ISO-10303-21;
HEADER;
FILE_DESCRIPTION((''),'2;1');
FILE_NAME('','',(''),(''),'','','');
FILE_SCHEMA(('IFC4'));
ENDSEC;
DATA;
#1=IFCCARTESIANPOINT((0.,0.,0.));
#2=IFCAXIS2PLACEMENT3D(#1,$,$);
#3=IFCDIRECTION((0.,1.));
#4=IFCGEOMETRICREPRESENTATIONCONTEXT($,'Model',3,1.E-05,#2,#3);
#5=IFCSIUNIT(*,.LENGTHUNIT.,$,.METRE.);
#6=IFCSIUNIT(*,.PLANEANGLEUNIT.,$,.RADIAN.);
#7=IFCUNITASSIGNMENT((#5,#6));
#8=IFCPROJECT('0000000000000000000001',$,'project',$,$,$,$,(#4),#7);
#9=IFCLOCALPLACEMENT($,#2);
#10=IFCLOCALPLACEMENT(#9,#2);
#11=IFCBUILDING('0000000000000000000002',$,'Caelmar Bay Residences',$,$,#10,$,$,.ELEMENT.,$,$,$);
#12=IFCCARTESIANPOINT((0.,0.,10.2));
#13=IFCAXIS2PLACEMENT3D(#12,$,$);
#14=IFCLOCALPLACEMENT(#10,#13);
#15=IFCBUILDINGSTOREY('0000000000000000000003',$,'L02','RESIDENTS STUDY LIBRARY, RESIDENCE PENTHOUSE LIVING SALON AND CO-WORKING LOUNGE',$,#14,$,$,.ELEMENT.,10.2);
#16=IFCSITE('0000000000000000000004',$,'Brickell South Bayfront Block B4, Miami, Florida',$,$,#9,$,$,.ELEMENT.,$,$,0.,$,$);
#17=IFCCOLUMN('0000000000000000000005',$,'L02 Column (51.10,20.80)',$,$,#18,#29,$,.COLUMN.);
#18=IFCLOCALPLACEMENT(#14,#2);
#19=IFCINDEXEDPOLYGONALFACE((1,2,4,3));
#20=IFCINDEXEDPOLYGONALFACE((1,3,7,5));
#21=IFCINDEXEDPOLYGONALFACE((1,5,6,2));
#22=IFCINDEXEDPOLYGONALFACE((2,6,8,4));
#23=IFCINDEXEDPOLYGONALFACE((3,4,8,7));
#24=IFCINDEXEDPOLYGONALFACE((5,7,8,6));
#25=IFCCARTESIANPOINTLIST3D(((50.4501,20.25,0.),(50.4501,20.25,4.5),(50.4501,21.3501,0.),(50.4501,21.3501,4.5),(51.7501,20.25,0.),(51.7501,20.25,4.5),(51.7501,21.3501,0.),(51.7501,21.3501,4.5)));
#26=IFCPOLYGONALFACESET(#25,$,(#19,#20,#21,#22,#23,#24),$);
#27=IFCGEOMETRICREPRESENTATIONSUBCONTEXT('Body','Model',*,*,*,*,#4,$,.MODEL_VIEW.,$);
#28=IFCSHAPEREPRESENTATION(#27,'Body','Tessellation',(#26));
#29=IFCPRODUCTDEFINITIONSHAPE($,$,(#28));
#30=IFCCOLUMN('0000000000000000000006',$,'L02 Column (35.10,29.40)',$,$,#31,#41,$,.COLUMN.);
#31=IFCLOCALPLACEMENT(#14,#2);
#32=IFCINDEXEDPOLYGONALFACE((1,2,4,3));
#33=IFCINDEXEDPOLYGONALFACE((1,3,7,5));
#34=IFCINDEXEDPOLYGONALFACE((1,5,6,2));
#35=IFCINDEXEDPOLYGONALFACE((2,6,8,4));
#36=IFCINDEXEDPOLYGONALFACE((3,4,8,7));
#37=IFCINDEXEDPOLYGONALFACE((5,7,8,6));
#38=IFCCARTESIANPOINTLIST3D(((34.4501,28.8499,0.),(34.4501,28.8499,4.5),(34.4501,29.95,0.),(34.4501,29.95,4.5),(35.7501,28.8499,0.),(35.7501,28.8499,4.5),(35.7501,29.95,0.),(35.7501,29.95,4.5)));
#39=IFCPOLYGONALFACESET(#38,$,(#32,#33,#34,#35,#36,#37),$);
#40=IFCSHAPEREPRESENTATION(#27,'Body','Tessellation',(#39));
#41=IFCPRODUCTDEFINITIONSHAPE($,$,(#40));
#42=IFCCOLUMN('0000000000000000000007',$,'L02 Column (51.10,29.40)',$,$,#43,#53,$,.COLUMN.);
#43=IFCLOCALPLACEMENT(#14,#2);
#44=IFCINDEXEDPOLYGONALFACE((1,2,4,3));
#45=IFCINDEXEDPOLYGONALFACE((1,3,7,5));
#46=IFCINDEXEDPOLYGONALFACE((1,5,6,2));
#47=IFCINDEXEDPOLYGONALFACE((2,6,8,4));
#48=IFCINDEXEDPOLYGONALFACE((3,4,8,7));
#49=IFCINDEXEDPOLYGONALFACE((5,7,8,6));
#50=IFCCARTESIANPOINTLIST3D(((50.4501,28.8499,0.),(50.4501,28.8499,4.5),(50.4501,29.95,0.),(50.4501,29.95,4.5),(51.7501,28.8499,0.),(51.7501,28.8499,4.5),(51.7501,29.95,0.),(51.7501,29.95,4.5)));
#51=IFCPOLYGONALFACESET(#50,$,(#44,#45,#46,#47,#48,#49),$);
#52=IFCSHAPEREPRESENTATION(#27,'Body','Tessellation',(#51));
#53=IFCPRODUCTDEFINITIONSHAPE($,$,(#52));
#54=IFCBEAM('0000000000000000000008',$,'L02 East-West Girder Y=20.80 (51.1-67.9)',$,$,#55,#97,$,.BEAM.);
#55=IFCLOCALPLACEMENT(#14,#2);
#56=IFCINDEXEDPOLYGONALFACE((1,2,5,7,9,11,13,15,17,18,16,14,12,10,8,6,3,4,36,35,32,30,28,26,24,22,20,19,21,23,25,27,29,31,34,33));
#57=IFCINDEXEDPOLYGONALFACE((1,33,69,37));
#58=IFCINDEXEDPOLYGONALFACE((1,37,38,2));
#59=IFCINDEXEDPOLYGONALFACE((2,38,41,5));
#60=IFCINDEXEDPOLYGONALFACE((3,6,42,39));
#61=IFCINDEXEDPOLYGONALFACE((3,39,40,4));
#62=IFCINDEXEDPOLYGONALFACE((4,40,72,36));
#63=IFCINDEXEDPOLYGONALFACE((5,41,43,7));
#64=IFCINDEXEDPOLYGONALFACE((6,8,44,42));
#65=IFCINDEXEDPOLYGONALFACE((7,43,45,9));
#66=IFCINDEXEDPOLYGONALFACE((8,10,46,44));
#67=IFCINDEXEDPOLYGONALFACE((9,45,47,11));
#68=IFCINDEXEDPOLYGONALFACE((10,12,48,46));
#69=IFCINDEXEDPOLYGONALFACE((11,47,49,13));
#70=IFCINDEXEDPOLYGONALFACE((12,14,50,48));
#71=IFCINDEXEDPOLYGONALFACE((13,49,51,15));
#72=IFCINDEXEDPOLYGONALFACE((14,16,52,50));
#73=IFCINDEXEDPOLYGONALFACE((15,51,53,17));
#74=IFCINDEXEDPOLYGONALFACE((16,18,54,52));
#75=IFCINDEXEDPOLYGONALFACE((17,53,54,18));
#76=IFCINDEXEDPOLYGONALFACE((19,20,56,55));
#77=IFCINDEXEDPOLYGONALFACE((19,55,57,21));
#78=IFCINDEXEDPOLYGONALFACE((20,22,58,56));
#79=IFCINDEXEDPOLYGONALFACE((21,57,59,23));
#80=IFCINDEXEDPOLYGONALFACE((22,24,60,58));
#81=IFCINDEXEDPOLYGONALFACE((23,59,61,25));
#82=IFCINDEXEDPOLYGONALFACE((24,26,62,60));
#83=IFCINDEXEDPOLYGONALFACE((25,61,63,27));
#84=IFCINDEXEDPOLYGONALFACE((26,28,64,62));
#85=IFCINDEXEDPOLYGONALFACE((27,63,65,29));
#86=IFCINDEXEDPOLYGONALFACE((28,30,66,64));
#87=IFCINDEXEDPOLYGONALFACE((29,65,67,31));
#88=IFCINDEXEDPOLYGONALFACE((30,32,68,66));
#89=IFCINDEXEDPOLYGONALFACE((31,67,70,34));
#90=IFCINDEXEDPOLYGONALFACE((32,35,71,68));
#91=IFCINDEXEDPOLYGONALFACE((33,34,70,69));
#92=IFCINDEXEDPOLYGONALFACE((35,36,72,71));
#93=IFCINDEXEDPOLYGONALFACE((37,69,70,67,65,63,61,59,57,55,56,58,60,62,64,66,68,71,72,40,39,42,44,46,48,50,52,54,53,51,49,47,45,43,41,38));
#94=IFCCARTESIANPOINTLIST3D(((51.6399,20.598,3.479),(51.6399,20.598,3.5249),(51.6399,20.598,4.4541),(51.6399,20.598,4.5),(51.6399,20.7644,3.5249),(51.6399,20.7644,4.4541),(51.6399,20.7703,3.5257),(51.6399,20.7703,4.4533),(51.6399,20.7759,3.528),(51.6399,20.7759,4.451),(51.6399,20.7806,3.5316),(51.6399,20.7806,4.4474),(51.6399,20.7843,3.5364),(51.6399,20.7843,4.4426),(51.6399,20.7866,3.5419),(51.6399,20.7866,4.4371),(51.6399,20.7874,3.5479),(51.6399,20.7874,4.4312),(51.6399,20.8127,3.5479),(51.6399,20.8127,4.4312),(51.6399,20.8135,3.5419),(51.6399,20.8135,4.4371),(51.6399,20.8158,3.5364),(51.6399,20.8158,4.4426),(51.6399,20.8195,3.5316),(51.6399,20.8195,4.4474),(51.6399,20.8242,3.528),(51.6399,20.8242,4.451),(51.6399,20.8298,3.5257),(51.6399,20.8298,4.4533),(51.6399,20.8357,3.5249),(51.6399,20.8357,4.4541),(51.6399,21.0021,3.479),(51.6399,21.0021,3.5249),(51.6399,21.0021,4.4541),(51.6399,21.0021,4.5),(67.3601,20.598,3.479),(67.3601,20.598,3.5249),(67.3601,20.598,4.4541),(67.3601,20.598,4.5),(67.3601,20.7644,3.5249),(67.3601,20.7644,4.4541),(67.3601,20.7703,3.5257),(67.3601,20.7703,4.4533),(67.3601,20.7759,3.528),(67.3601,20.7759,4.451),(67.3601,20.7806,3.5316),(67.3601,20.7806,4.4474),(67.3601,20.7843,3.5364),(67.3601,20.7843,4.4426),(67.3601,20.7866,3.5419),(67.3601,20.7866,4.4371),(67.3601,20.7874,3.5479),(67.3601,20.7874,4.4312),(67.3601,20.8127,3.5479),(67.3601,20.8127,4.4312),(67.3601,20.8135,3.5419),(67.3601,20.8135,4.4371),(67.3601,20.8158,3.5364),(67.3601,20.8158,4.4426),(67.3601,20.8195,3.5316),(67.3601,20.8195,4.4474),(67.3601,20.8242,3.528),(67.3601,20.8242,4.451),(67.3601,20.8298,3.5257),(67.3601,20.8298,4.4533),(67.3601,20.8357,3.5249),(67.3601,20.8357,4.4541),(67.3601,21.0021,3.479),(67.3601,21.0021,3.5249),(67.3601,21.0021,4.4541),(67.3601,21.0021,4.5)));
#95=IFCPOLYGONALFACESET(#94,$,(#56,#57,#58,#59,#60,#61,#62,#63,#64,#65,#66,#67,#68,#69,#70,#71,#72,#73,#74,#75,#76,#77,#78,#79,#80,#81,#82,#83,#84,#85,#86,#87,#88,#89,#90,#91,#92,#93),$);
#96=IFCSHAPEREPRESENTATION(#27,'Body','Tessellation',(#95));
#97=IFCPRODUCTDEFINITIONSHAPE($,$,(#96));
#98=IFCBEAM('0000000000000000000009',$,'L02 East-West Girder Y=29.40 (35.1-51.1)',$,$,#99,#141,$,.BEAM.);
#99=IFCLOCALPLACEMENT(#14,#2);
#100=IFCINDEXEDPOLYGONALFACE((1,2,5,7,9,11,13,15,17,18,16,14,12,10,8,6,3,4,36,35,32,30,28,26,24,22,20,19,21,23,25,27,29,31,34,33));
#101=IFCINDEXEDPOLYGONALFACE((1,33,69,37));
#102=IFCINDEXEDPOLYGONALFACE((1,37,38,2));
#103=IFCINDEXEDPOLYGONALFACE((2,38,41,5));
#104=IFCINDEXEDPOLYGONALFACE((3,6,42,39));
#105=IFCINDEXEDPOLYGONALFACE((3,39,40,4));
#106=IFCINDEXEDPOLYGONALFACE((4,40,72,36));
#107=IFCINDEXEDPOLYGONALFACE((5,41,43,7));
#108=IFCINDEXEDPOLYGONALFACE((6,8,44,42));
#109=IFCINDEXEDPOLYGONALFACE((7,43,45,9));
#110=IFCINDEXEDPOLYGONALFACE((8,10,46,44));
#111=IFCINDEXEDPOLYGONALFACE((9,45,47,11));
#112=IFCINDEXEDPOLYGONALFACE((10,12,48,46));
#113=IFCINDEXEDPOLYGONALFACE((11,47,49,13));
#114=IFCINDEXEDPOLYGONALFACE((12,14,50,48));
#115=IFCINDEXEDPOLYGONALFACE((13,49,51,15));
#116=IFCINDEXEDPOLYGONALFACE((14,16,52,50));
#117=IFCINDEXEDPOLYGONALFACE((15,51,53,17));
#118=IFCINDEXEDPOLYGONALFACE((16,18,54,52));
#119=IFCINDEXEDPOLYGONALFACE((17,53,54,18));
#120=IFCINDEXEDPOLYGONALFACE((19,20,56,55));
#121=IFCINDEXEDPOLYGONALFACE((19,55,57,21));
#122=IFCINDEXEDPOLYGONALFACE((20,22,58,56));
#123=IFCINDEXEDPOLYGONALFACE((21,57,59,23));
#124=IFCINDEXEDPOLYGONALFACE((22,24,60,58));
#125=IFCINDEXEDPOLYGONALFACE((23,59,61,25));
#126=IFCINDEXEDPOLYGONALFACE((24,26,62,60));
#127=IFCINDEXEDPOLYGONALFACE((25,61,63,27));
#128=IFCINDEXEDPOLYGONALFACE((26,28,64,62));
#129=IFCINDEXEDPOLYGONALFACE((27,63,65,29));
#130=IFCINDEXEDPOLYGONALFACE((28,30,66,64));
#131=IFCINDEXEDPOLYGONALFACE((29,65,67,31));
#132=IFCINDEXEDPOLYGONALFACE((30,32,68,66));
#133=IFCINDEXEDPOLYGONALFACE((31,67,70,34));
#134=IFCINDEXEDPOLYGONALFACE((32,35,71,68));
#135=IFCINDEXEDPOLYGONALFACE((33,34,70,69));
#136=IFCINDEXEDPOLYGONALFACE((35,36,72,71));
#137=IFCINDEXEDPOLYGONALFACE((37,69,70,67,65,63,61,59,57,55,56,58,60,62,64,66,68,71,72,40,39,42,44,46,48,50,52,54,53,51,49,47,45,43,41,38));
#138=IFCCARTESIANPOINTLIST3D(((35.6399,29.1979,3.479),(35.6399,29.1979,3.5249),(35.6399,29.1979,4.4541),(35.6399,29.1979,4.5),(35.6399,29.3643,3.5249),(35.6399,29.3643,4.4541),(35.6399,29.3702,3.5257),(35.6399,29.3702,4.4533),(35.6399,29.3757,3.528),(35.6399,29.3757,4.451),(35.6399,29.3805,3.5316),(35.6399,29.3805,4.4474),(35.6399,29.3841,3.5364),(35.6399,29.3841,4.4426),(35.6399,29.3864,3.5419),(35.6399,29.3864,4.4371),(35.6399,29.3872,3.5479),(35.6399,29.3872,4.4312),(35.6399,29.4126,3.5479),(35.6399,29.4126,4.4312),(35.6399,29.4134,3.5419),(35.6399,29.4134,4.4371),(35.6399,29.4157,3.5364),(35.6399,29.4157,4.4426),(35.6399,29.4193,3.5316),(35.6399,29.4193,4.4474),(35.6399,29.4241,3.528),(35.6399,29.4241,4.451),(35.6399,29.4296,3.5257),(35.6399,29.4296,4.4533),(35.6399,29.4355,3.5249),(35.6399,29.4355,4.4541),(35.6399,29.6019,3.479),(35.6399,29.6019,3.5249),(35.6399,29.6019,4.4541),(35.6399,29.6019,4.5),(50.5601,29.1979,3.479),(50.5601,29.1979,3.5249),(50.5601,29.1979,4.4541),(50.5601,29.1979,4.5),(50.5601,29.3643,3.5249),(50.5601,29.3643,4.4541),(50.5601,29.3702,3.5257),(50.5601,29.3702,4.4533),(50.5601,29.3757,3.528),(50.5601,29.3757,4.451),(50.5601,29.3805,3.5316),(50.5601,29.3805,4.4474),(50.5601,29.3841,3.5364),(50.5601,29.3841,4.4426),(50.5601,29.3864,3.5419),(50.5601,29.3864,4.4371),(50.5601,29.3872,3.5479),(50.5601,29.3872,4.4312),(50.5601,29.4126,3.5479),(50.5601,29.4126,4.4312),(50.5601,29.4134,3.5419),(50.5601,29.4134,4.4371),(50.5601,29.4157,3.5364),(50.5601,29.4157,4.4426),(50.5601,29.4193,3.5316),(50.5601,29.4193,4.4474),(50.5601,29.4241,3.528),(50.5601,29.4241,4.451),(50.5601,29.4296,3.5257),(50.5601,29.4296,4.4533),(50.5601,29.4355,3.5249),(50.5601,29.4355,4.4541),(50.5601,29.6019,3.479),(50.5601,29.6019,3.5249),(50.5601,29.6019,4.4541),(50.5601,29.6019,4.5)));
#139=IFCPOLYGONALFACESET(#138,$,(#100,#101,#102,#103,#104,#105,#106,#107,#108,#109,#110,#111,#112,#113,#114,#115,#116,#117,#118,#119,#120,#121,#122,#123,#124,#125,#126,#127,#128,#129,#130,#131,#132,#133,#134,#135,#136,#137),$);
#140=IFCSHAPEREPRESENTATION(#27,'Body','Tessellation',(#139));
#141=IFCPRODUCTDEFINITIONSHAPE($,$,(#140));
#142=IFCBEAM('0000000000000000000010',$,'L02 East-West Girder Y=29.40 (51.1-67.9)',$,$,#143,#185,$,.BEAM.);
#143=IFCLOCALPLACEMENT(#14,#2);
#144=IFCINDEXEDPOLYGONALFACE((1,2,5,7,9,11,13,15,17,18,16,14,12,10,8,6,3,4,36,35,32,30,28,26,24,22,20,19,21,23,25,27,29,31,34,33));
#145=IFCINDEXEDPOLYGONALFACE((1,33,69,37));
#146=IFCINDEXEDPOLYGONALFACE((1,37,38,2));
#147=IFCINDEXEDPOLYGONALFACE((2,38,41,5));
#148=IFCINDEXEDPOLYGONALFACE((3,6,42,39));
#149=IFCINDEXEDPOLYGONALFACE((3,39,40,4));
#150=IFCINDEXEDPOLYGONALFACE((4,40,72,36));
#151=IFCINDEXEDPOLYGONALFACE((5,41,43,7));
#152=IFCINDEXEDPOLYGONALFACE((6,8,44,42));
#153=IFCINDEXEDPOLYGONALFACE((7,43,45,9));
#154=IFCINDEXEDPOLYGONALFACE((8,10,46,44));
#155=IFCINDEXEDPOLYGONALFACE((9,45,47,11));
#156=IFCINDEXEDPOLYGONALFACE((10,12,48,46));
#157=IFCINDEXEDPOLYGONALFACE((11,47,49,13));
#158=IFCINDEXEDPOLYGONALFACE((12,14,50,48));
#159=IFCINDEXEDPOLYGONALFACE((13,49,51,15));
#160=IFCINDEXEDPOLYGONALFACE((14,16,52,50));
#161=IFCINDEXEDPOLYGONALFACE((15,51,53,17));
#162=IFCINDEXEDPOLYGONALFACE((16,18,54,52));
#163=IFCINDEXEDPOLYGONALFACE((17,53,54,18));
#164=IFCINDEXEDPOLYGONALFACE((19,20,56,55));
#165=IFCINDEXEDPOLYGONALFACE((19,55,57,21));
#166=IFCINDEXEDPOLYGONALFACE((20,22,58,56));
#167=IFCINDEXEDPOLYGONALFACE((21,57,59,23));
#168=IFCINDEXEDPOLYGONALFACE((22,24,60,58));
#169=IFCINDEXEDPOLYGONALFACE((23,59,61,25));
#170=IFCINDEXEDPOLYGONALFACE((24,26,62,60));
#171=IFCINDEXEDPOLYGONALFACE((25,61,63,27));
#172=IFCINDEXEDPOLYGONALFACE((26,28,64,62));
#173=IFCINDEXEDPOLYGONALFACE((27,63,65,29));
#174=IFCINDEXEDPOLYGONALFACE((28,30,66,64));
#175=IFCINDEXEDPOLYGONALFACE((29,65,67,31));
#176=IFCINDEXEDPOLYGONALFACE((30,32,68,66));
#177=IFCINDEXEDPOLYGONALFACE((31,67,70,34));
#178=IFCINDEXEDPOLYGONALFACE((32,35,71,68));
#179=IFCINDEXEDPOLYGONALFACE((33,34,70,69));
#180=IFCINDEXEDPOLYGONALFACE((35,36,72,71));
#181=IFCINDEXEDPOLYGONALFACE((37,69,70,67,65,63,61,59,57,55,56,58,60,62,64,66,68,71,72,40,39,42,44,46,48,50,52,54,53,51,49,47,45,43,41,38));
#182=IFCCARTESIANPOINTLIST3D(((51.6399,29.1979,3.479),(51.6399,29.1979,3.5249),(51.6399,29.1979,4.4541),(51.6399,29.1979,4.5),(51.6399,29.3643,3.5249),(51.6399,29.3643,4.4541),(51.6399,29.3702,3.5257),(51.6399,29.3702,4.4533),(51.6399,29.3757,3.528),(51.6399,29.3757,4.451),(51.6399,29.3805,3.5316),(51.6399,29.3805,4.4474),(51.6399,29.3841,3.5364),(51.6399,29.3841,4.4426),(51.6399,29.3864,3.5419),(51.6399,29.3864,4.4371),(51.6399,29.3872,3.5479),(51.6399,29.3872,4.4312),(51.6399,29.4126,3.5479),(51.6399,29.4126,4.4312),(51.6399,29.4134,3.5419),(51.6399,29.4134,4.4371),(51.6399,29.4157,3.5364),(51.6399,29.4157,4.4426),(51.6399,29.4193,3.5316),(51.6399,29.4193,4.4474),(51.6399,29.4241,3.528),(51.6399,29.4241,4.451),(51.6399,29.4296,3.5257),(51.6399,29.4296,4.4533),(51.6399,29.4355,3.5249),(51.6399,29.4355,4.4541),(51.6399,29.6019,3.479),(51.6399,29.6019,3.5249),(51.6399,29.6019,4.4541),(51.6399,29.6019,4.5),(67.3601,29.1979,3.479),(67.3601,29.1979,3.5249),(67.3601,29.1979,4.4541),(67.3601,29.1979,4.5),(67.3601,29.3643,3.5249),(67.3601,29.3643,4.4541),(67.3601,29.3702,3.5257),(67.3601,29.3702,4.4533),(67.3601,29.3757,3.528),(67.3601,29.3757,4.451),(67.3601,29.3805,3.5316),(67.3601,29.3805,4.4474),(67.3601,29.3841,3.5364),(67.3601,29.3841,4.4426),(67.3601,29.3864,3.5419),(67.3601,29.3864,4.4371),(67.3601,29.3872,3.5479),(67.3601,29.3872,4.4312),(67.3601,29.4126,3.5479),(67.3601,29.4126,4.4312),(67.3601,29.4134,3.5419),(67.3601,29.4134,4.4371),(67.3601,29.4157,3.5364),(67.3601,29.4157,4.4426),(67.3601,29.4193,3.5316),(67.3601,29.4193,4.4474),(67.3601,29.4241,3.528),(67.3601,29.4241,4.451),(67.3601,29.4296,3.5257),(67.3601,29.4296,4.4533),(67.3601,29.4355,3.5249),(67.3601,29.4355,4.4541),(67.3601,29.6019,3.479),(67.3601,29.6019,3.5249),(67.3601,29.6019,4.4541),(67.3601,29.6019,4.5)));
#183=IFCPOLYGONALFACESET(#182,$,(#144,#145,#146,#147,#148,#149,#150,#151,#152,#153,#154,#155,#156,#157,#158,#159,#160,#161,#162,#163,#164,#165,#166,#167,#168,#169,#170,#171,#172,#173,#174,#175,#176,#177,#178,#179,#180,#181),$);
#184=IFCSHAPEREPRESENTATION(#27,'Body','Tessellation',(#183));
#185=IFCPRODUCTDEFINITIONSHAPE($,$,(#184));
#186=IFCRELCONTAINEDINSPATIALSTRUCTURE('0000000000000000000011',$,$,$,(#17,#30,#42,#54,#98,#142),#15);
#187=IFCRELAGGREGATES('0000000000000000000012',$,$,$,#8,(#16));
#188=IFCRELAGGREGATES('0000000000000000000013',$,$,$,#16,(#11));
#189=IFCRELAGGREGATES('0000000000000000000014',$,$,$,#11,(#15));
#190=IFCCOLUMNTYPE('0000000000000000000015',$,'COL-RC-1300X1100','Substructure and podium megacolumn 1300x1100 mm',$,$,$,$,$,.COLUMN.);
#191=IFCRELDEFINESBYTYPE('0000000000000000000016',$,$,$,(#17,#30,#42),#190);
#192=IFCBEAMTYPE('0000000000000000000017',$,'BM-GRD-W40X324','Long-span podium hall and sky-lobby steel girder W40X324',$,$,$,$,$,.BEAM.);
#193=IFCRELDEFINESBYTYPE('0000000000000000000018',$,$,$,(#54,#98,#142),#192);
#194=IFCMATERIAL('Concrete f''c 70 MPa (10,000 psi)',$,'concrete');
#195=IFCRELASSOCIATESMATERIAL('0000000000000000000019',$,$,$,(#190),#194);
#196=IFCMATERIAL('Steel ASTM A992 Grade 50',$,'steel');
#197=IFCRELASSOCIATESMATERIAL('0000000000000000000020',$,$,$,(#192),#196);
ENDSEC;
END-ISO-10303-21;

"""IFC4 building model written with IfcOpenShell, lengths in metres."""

from ifc_helpers import new_model, si_unit, direction, frame, origin, origin_2d, place, context, subcontext, project, spatial, rectangle, i_section, extrude, material, material_profile, profile_set, type_object, element, save


model = new_model("IFC4")

# Units and contexts
model_context = context("Model", 3, precision=1e-05, world=origin(), true_north=direction((0.0, 1.0)))
body_context = subcontext(model_context, "Body", "Model", "MODEL_VIEW")
ifc_project = project(units=[si_unit("LENGTHUNIT", "METRE"), si_unit("PLANEANGLEUNIT", "RADIAN")], contexts=[model_context])

# Site, building, storey
site_placement = place(None, origin())
site = spatial("IfcSite", under=ifc_project, at=site_placement, Name="Brickell South Bayfront Block B4, Miami, Florida", CompositionType="ELEMENT", RefElevation=0.0)
building_placement = place(site_placement, origin())
building = spatial("IfcBuilding", under=site, at=building_placement, Name="Caelmar Bay Residences", CompositionType="ELEMENT")
storey_placement = place(building_placement, frame((0.0, 0.0, 10.2)))
storey = spatial("IfcBuildingStorey", under=building, at=storey_placement, Name="L02", Description="RESIDENTS STUDY LIBRARY, RESIDENCE PENTHOUSE LIVING SALON AND CO-WORKING LOUNGE", CompositionType="ELEMENT", Elevation=10.2)

# Columns
ifc_material_1 = material(Name="Concrete f'c 70 MPa (10,000 psi)", Category="concrete")
ifc_material_profile_1 = material_profile(ifc_material_1, rectangle(XDim=1.3, YDim=1.1001, at=origin_2d()), Name="RC-COL-1300X1100")
ifc_profile_set_1 = profile_set([ifc_material_profile_1], Name="Concrete f'c 70 MPa (10,000 psi)")
column_type = type_object("IfcColumnType", Name="COL-RC-1300X1100", Description="Substructure and podium megacolumn 1300x1100 mm", PredefinedType="COLUMN", material=ifc_profile_set_1)
for number, where, z_axis, x_axis, name in (
    (1, (51.1001, 20.8, 0.0), (0.0, 0.0, 1.0), (1.0, 0.0, 0.0), "L02 Column (51.10,20.80)"),
    (2, (35.1001, 29.3999, 0.0), (0.0, 0.0, 1.0), (1.0, 0.0, 0.0), "L02 Column (35.10,29.40)"),
    (3, (51.1001, 29.3999, 0.0), (0.0, 0.0, 1.0), (1.0, 0.0, 0.0), "L02 Column (51.10,29.40)"),
):
    element("IfcColumn", number, at=place(storey_placement, frame(where, z_axis=z_axis, x_axis=x_axis)), inside=storey, type_object=column_type, Name=name, PredefinedType="COLUMN", context=body_context, shape_type="SweptSolid", body=[
        extrude(rectangle(XDim=1.3, YDim=1.1001, at=origin_2d()), origin(), (0.0, 0.0, 1.0), 4.5),
    ])

# Beams
ifc_material_2 = material(Name="Steel ASTM A992 Grade 50", Category="steel")
ifc_material_profile_2 = material_profile(ifc_material_2, i_section(OverallWidth=0.4041, OverallDepth=1.021, WebThickness=0.0254, FlangeThickness=0.0459, FilletRadius=0.0229, at=origin_2d()), Name="W40X324")
ifc_profile_set_2 = profile_set([ifc_material_profile_2], Name="Steel ASTM A992 Grade 50")
beam_type_1 = type_object("IfcBeamType", Name="BM-GRD-W40X324", Description="Long-span podium hall and sky-lobby steel girder W40X324", PredefinedType="BEAM", material=ifc_profile_set_2)
beam_1_placement = place(storey_placement, frame((51.6399, 20.8, 3.9895), z_axis=(1.0, 0.0, 0.0), x_axis=(0.0, 1.0, 0.0)))
element("IfcBeam", 4, at=beam_1_placement, inside=storey, type_object=beam_type_1, Name="L02 East-West Girder Y=20.80 (51.1-67.9)", PredefinedType="BEAM", context=body_context, shape_type="SweptSolid", body=[
    extrude(i_section(OverallWidth=0.4041, OverallDepth=1.021, WebThickness=0.0254, FlangeThickness=0.0459, FilletRadius=0.0229, at=origin_2d()), origin(), (0.0, 0.0, 1.0), 15.7202),
])
beam_2_placement = place(storey_placement, frame((35.6399, 29.3999, 3.9895), z_axis=(1.0, 0.0, 0.0), x_axis=(0.0, 1.0, 0.0)))
element("IfcBeam", 5, at=beam_2_placement, inside=storey, type_object=beam_type_1, Name="L02 East-West Girder Y=29.40 (35.1-51.1)", PredefinedType="BEAM", context=body_context, shape_type="SweptSolid", body=[
    extrude(i_section(OverallWidth=0.4041, OverallDepth=1.021, WebThickness=0.0254, FlangeThickness=0.0459, FilletRadius=0.0229, at=origin_2d()), origin(), (0.0, 0.0, 1.0), 14.9202),
])
beam_3_placement = place(storey_placement, frame((51.6399, 29.3999, 3.9895), z_axis=(1.0, 0.0, 0.0), x_axis=(0.0, 1.0, 0.0)))
element("IfcBeam", 6, at=beam_3_placement, inside=storey, type_object=beam_type_1, Name="L02 East-West Girder Y=29.40 (51.1-67.9)", PredefinedType="BEAM", context=body_context, shape_type="SweptSolid", body=[
    extrude(i_section(OverallWidth=0.4041, OverallDepth=1.021, WebThickness=0.0254, FlangeThickness=0.0459, FilletRadius=0.0229, at=origin_2d()), origin(), (0.0, 0.0, 1.0), 15.7202),
])

save(model, "model.ifc")
